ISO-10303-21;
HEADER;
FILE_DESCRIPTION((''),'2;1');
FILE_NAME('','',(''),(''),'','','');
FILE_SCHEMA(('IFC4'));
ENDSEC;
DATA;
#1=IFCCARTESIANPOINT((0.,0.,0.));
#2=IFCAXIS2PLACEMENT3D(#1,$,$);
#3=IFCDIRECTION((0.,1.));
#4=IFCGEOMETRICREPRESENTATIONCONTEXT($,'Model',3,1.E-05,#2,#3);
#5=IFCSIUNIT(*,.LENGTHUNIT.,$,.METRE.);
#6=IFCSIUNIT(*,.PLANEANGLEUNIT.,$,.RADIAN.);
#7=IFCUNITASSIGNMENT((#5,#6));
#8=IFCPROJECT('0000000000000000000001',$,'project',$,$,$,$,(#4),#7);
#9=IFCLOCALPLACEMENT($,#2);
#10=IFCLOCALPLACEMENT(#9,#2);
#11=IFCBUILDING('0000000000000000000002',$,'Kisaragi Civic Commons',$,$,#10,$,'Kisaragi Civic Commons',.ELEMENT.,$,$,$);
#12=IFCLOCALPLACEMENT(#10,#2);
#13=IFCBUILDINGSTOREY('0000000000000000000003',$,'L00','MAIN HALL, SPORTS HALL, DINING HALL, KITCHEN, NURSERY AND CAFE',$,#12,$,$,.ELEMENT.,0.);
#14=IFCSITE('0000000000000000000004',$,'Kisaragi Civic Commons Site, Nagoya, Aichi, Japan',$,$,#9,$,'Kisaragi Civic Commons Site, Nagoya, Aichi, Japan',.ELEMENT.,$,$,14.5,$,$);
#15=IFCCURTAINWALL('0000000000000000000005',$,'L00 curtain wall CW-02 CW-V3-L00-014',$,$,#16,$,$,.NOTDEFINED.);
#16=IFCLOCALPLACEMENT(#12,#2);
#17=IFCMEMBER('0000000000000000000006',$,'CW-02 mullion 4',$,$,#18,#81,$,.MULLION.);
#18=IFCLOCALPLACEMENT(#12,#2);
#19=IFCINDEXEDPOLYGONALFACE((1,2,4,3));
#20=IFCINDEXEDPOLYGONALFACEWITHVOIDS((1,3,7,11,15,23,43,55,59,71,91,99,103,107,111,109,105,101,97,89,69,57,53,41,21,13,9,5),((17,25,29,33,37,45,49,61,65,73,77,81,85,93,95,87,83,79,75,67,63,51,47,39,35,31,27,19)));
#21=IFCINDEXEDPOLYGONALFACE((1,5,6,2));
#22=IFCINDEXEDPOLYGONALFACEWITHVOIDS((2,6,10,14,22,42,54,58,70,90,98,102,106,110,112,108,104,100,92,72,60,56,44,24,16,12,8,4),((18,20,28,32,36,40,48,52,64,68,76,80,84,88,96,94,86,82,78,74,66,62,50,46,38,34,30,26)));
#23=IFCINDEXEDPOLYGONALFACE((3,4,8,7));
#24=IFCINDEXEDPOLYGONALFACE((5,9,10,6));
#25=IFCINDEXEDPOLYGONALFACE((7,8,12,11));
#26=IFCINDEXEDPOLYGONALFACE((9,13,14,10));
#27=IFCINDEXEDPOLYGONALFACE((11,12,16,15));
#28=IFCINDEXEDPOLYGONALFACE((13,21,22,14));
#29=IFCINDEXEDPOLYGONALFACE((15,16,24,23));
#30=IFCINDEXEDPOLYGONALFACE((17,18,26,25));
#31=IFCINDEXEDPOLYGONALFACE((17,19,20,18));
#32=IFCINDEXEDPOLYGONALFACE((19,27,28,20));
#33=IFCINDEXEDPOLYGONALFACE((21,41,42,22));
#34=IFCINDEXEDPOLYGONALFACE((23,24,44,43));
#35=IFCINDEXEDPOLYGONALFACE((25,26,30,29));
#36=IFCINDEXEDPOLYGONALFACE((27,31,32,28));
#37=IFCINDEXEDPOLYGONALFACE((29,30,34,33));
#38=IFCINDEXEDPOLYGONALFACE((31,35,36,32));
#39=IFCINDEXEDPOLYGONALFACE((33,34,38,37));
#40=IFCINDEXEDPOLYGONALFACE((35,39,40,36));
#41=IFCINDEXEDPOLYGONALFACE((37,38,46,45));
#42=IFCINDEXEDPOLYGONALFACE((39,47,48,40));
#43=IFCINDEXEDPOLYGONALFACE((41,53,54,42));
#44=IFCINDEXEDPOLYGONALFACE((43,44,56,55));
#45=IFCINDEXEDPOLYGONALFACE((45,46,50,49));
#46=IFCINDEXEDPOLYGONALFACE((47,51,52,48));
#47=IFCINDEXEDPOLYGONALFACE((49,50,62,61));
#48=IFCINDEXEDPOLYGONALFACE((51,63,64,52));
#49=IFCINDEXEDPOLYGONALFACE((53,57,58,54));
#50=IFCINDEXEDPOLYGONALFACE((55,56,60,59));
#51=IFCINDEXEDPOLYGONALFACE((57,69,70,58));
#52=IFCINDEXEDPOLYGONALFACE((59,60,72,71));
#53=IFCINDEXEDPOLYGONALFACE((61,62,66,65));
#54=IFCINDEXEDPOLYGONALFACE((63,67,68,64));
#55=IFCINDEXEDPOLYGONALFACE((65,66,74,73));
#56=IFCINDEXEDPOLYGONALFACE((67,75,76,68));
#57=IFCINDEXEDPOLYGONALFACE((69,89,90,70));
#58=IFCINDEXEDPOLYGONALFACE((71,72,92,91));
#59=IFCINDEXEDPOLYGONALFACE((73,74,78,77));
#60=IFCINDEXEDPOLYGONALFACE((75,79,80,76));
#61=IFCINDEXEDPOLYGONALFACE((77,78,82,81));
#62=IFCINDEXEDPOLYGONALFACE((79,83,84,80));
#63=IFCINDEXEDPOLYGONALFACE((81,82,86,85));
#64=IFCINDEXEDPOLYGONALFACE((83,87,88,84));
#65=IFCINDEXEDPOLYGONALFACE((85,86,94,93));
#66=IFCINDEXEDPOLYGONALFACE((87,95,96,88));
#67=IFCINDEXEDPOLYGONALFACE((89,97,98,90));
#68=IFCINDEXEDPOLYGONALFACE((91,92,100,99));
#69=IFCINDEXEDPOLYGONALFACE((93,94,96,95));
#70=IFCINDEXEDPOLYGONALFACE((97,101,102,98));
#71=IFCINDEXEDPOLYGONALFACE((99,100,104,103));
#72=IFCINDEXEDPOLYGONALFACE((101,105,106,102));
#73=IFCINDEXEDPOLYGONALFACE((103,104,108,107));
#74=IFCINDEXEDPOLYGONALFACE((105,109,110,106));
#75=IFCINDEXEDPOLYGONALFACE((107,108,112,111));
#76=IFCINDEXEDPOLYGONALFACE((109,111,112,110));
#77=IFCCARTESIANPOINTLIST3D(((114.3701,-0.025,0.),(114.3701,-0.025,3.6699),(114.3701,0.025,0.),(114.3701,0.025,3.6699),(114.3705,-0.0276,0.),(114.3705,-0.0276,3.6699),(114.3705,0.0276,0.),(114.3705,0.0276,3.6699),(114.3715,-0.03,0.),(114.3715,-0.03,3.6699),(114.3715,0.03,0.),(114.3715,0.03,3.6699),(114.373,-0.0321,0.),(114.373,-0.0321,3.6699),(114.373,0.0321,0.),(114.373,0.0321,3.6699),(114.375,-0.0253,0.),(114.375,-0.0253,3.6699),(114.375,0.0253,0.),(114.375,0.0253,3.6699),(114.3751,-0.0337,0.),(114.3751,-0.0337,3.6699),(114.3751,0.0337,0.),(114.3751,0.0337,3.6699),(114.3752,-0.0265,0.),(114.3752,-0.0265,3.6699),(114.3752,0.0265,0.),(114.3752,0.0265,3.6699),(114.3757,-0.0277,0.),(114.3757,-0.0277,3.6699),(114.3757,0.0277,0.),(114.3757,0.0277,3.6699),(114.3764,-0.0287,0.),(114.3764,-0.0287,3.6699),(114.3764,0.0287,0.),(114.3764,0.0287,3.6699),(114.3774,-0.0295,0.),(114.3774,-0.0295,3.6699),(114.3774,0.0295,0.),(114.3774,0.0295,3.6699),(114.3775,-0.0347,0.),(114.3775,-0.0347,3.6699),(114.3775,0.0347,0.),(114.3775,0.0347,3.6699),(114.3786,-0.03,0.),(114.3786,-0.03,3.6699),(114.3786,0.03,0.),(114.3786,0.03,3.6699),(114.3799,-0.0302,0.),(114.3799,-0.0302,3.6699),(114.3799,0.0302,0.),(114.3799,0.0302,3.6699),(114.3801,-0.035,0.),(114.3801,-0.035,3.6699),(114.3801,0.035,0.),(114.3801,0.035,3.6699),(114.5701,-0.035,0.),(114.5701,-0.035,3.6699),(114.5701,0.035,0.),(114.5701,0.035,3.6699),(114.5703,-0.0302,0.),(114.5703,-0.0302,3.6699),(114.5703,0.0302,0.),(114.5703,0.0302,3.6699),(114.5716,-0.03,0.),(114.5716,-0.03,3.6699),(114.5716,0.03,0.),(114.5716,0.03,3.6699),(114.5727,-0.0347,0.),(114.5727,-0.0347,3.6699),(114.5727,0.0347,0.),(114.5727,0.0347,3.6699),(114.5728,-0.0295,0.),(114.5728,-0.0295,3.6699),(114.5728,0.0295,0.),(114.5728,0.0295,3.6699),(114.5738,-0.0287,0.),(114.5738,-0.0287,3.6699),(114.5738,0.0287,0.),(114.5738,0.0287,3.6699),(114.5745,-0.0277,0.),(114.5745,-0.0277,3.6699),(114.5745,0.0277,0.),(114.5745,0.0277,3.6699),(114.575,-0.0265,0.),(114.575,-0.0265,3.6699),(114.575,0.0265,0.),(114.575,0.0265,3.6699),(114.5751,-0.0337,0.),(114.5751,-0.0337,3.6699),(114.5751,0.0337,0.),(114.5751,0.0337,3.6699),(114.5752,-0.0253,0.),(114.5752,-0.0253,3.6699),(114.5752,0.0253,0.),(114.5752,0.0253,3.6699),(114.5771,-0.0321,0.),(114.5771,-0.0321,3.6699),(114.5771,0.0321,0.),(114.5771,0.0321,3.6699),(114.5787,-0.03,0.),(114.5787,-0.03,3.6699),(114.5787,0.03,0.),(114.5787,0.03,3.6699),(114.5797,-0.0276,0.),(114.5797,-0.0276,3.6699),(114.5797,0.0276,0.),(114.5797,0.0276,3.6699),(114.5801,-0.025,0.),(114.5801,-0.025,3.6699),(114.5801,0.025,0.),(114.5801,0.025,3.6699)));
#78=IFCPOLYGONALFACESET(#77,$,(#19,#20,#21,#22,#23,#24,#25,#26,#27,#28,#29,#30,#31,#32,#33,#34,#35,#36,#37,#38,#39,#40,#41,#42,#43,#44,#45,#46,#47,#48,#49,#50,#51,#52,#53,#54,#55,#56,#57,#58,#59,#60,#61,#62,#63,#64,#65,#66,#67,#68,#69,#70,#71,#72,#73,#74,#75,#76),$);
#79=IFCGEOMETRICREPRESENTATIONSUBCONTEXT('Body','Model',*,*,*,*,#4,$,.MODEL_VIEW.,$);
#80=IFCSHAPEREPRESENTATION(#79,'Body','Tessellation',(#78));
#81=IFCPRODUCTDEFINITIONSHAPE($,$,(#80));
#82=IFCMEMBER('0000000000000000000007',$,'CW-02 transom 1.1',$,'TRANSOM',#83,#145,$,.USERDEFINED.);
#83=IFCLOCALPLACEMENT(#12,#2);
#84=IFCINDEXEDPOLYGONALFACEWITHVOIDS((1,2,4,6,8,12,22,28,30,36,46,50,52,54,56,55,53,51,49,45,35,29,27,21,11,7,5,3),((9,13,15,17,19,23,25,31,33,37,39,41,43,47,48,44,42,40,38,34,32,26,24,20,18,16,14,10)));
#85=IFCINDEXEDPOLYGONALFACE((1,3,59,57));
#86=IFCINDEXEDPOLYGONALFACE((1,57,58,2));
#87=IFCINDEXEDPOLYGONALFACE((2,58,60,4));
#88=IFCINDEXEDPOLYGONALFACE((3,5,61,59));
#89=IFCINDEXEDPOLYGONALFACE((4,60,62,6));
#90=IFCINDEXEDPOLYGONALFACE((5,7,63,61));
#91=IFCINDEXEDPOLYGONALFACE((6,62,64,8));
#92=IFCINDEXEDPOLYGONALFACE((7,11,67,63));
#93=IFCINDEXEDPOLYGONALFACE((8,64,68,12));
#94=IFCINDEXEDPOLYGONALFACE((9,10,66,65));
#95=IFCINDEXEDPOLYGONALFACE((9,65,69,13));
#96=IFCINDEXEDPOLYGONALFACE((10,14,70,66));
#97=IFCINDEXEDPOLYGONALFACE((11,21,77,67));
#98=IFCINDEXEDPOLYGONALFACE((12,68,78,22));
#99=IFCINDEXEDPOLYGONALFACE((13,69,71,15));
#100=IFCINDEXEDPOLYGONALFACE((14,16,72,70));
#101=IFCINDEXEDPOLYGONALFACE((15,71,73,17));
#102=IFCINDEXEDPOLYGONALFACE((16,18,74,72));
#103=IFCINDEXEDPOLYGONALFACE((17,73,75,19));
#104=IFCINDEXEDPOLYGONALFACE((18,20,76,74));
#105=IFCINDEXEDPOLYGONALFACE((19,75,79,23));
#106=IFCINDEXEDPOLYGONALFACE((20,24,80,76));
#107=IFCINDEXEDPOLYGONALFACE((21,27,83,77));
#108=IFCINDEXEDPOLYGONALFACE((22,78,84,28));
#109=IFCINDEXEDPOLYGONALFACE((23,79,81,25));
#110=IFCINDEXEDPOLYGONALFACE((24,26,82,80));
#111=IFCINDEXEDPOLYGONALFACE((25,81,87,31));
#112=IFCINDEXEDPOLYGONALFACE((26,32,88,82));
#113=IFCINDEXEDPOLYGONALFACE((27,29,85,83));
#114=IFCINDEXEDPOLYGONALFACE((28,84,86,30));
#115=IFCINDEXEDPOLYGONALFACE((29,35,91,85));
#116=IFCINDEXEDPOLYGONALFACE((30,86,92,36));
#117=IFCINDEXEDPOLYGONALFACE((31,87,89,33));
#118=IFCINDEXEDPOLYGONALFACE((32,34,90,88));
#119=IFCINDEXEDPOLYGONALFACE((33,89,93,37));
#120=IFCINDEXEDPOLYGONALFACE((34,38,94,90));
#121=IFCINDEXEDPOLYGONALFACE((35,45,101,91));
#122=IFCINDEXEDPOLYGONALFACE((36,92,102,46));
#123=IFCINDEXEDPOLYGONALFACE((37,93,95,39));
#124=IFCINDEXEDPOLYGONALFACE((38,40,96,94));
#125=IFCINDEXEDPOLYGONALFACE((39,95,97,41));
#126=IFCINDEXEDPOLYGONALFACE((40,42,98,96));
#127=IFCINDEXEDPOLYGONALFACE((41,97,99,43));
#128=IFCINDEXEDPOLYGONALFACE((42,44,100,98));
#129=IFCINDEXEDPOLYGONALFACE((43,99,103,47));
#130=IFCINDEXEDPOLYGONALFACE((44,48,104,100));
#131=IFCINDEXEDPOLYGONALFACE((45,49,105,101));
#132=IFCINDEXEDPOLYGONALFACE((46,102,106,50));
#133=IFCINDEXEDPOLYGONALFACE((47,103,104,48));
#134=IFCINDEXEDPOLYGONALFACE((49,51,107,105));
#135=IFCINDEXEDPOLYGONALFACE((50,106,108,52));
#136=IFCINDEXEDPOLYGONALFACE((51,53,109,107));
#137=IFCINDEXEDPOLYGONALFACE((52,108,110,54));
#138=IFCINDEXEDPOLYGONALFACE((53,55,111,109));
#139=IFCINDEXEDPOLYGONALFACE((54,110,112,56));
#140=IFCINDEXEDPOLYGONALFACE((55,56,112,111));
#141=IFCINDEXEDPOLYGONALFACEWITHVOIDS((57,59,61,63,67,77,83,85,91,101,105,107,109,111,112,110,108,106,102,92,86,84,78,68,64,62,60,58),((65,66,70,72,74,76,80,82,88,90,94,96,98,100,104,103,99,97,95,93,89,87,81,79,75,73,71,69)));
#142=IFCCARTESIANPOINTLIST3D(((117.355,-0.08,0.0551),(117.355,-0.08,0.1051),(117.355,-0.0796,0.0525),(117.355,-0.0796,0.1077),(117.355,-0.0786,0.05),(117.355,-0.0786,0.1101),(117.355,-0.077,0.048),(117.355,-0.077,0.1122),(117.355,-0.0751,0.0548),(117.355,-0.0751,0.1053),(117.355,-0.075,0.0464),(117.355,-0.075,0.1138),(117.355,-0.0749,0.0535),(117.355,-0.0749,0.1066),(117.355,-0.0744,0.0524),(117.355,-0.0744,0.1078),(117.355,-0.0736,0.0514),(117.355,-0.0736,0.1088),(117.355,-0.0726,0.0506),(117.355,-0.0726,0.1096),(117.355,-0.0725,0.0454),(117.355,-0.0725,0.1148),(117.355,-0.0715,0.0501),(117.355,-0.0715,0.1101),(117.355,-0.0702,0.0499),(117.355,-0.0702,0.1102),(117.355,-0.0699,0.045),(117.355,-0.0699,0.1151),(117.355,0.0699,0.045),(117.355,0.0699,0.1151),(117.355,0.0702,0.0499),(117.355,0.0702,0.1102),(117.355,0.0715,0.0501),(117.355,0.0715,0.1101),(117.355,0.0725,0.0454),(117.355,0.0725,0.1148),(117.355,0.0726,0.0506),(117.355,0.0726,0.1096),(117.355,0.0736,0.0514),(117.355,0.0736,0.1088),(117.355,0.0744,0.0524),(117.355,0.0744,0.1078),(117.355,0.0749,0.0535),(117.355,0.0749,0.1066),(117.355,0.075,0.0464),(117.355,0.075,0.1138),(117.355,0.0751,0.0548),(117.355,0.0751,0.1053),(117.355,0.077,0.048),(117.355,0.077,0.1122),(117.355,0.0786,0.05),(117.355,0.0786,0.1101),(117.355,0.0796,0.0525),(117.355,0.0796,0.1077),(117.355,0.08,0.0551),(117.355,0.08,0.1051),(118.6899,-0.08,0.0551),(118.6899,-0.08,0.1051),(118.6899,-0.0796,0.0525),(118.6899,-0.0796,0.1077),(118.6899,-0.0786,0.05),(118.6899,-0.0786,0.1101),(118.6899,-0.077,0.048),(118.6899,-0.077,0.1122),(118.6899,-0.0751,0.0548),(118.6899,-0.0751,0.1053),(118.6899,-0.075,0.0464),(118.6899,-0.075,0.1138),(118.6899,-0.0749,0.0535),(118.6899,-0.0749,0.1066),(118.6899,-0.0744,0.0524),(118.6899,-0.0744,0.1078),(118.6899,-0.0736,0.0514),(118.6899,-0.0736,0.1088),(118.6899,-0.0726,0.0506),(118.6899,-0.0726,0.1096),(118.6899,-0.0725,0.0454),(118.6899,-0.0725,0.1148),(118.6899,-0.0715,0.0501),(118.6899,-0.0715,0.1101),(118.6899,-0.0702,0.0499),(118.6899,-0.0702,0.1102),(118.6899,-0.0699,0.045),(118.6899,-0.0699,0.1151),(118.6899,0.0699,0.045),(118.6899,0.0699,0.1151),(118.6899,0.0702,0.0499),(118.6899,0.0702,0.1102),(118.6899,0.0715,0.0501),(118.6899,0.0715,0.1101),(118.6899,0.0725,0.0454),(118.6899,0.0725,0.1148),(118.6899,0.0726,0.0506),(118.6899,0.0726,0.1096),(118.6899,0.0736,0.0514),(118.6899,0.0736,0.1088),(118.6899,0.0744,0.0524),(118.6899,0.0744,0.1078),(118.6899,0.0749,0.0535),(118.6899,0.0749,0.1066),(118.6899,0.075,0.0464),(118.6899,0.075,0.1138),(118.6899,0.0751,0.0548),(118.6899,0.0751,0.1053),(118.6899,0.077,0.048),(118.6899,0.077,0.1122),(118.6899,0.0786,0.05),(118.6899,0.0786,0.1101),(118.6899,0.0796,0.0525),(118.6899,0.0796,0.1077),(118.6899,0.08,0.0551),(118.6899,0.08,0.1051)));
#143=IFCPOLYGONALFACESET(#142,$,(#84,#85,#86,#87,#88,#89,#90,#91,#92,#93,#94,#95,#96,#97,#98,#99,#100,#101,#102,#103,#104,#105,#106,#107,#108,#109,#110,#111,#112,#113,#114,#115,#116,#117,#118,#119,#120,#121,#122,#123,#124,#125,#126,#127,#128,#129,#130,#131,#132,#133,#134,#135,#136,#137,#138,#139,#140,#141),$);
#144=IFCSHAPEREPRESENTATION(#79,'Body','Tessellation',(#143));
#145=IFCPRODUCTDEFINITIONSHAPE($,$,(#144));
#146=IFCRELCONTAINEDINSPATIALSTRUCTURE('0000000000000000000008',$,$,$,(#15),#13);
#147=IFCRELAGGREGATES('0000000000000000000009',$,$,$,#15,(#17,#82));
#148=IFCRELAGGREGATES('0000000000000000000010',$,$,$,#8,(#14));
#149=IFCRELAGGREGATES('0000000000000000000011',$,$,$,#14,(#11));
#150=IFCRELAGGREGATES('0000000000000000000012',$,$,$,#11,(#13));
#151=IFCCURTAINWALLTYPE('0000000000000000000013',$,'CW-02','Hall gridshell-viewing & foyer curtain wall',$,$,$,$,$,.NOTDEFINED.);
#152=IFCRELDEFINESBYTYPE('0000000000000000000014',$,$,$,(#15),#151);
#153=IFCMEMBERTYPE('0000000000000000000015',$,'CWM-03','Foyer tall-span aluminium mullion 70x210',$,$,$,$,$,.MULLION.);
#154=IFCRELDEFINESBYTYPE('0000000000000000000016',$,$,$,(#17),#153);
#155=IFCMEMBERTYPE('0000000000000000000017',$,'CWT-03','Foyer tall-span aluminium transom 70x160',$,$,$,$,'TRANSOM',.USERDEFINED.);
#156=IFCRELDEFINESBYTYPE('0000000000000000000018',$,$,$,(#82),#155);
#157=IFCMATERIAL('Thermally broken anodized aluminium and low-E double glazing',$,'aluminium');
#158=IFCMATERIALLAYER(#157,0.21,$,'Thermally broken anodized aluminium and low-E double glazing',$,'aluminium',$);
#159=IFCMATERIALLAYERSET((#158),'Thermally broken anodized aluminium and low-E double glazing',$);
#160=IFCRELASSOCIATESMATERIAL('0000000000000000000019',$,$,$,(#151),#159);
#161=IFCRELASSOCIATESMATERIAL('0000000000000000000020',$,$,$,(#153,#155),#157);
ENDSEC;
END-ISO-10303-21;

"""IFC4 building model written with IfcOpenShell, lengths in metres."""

from ifc_helpers import new_model, si_unit, direction, frame, origin, origin_2d, place, context, subcontext, project, spatial, hollow_rectangle, extrude, material, layer, layer_set, material_profile, profile_set, type_object, element, aggregate, save


model = new_model("IFC4")

# Units and contexts
model_context = context("Model", 3, precision=1e-05, world=origin(), true_north=direction((0.0, 1.0)))
body_context = subcontext(model_context, "Body", "Model", "MODEL_VIEW")
ifc_project = project(units=[si_unit("LENGTHUNIT", "METRE"), si_unit("PLANEANGLEUNIT", "RADIAN")], contexts=[model_context])

# Site, building, storey
site_placement = place(None, origin())
site = spatial("IfcSite", under=ifc_project, at=site_placement, Name="Kisaragi Civic Commons Site, Nagoya, Aichi, Japan", LongName="Kisaragi Civic Commons Site, Nagoya, Aichi, Japan", CompositionType="ELEMENT", RefElevation=14.5)
building_placement = place(site_placement, origin())
building = spatial("IfcBuilding", under=site, at=building_placement, Name="Kisaragi Civic Commons", LongName="Kisaragi Civic Commons", CompositionType="ELEMENT")
storey_placement = place(building_placement, origin())
storey = spatial("IfcBuildingStorey", under=building, at=storey_placement, Name="L00", Description="MAIN HALL, SPORTS HALL, DINING HALL, KITCHEN, NURSERY AND CAFE", CompositionType="ELEMENT", Elevation=0.0)

# Shared definitions
ifc_material_1 = material(Name="Thermally broken anodized aluminium and low-E double glazing", Category="aluminium")
ifc_layer_1 = layer(ifc_material_1, 0.21, Name="Thermally broken anodized aluminium and low-E double glazing", Category="aluminium")
ifc_layer_set_1 = layer_set([ifc_layer_1], Name="Thermally broken anodized aluminium and low-E double glazing")
curtain_wall_type = type_object("IfcCurtainWallType", Name="CW-02", Description="Hall gridshell-viewing & foyer curtain wall", PredefinedType="NOTDEFINED", material=ifc_layer_set_1)
ifc_material_profile_1 = material_profile(ifc_material_1, hollow_rectangle(XDim=0.0701, YDim=0.21, WallThickness=0.0049, InnerFilletRadius=0.0049, OuterFilletRadius=0.01, at=origin_2d()), Name="CWM-70x210x5", Category="aluminium")
ifc_profile_set_1 = profile_set([ifc_material_profile_1], Name="Thermally broken anodized aluminium and low-E double glazing")
member_type_1 = type_object("IfcMemberType", Name="CWM-03", Description="Foyer tall-span aluminium mullion 70x210", PredefinedType="MULLION", material=ifc_profile_set_1)

# Curtain wall, members
curtain_wall_1_placement = place(storey_placement, origin())
curtain_wall_1 = element("IfcCurtainWall", 1, at=curtain_wall_1_placement, inside=storey, type_object=curtain_wall_type, Name="L00 curtain wall CW-02 CW-V3-L00-014", PredefinedType="NOTDEFINED")
member_1_placement = place(storey_placement, frame((114.4751, 0.0, 0.0), z_axis=(0.0, 0.0, 1.0), x_axis=(0.0, -1.0, 0.0)))
member_1 = element("IfcMember", 2, at=member_1_placement, type_object=member_type_1, Name="CW-02 mullion 4", PredefinedType="MULLION", context=body_context, shape_type="SweptSolid", body=[
    extrude(hollow_rectangle(XDim=0.0701, YDim=0.21, WallThickness=0.0049, InnerFilletRadius=0.0049, OuterFilletRadius=0.01, at=origin_2d()), origin(), (0.0, 0.0, 1.0), 3.6699),
])
ifc_material_profile_2 = material_profile(ifc_material_1, hollow_rectangle(XDim=0.1599, YDim=0.0701, WallThickness=0.0049, InnerFilletRadius=0.0049, OuterFilletRadius=0.01, at=origin_2d()), Name="CWT-70x160x5", Category="aluminium")
ifc_profile_set_2 = profile_set([ifc_material_profile_2], Name="Thermally broken anodized aluminium and low-E double glazing")
member_type_2 = type_object("IfcMemberType", Name="CWT-03", Description="Foyer tall-span aluminium transom 70x160", ElementType="TRANSOM", PredefinedType="USERDEFINED", material=ifc_profile_set_2)
member_2_placement = place(storey_placement, frame((118.6899, 0.0, 0.0801), z_axis=(-1.0, 0.0, 0.0), x_axis=(0.0, -1.0, 0.0)))
member_2 = element("IfcMember", 3, at=member_2_placement, type_object=member_type_2, Name="CW-02 transom 1.1", ObjectType="TRANSOM", PredefinedType="USERDEFINED", context=body_context, shape_type="SweptSolid", body=[
    extrude(hollow_rectangle(XDim=0.1599, YDim=0.0701, WallThickness=0.0049, InnerFilletRadius=0.0049, OuterFilletRadius=0.01, at=origin_2d()), origin(), (0.0, 0.0, 1.0), 1.335),
])

aggregate(curtain_wall_1, [member_1, member_2])

save(model, "model.ifc")
